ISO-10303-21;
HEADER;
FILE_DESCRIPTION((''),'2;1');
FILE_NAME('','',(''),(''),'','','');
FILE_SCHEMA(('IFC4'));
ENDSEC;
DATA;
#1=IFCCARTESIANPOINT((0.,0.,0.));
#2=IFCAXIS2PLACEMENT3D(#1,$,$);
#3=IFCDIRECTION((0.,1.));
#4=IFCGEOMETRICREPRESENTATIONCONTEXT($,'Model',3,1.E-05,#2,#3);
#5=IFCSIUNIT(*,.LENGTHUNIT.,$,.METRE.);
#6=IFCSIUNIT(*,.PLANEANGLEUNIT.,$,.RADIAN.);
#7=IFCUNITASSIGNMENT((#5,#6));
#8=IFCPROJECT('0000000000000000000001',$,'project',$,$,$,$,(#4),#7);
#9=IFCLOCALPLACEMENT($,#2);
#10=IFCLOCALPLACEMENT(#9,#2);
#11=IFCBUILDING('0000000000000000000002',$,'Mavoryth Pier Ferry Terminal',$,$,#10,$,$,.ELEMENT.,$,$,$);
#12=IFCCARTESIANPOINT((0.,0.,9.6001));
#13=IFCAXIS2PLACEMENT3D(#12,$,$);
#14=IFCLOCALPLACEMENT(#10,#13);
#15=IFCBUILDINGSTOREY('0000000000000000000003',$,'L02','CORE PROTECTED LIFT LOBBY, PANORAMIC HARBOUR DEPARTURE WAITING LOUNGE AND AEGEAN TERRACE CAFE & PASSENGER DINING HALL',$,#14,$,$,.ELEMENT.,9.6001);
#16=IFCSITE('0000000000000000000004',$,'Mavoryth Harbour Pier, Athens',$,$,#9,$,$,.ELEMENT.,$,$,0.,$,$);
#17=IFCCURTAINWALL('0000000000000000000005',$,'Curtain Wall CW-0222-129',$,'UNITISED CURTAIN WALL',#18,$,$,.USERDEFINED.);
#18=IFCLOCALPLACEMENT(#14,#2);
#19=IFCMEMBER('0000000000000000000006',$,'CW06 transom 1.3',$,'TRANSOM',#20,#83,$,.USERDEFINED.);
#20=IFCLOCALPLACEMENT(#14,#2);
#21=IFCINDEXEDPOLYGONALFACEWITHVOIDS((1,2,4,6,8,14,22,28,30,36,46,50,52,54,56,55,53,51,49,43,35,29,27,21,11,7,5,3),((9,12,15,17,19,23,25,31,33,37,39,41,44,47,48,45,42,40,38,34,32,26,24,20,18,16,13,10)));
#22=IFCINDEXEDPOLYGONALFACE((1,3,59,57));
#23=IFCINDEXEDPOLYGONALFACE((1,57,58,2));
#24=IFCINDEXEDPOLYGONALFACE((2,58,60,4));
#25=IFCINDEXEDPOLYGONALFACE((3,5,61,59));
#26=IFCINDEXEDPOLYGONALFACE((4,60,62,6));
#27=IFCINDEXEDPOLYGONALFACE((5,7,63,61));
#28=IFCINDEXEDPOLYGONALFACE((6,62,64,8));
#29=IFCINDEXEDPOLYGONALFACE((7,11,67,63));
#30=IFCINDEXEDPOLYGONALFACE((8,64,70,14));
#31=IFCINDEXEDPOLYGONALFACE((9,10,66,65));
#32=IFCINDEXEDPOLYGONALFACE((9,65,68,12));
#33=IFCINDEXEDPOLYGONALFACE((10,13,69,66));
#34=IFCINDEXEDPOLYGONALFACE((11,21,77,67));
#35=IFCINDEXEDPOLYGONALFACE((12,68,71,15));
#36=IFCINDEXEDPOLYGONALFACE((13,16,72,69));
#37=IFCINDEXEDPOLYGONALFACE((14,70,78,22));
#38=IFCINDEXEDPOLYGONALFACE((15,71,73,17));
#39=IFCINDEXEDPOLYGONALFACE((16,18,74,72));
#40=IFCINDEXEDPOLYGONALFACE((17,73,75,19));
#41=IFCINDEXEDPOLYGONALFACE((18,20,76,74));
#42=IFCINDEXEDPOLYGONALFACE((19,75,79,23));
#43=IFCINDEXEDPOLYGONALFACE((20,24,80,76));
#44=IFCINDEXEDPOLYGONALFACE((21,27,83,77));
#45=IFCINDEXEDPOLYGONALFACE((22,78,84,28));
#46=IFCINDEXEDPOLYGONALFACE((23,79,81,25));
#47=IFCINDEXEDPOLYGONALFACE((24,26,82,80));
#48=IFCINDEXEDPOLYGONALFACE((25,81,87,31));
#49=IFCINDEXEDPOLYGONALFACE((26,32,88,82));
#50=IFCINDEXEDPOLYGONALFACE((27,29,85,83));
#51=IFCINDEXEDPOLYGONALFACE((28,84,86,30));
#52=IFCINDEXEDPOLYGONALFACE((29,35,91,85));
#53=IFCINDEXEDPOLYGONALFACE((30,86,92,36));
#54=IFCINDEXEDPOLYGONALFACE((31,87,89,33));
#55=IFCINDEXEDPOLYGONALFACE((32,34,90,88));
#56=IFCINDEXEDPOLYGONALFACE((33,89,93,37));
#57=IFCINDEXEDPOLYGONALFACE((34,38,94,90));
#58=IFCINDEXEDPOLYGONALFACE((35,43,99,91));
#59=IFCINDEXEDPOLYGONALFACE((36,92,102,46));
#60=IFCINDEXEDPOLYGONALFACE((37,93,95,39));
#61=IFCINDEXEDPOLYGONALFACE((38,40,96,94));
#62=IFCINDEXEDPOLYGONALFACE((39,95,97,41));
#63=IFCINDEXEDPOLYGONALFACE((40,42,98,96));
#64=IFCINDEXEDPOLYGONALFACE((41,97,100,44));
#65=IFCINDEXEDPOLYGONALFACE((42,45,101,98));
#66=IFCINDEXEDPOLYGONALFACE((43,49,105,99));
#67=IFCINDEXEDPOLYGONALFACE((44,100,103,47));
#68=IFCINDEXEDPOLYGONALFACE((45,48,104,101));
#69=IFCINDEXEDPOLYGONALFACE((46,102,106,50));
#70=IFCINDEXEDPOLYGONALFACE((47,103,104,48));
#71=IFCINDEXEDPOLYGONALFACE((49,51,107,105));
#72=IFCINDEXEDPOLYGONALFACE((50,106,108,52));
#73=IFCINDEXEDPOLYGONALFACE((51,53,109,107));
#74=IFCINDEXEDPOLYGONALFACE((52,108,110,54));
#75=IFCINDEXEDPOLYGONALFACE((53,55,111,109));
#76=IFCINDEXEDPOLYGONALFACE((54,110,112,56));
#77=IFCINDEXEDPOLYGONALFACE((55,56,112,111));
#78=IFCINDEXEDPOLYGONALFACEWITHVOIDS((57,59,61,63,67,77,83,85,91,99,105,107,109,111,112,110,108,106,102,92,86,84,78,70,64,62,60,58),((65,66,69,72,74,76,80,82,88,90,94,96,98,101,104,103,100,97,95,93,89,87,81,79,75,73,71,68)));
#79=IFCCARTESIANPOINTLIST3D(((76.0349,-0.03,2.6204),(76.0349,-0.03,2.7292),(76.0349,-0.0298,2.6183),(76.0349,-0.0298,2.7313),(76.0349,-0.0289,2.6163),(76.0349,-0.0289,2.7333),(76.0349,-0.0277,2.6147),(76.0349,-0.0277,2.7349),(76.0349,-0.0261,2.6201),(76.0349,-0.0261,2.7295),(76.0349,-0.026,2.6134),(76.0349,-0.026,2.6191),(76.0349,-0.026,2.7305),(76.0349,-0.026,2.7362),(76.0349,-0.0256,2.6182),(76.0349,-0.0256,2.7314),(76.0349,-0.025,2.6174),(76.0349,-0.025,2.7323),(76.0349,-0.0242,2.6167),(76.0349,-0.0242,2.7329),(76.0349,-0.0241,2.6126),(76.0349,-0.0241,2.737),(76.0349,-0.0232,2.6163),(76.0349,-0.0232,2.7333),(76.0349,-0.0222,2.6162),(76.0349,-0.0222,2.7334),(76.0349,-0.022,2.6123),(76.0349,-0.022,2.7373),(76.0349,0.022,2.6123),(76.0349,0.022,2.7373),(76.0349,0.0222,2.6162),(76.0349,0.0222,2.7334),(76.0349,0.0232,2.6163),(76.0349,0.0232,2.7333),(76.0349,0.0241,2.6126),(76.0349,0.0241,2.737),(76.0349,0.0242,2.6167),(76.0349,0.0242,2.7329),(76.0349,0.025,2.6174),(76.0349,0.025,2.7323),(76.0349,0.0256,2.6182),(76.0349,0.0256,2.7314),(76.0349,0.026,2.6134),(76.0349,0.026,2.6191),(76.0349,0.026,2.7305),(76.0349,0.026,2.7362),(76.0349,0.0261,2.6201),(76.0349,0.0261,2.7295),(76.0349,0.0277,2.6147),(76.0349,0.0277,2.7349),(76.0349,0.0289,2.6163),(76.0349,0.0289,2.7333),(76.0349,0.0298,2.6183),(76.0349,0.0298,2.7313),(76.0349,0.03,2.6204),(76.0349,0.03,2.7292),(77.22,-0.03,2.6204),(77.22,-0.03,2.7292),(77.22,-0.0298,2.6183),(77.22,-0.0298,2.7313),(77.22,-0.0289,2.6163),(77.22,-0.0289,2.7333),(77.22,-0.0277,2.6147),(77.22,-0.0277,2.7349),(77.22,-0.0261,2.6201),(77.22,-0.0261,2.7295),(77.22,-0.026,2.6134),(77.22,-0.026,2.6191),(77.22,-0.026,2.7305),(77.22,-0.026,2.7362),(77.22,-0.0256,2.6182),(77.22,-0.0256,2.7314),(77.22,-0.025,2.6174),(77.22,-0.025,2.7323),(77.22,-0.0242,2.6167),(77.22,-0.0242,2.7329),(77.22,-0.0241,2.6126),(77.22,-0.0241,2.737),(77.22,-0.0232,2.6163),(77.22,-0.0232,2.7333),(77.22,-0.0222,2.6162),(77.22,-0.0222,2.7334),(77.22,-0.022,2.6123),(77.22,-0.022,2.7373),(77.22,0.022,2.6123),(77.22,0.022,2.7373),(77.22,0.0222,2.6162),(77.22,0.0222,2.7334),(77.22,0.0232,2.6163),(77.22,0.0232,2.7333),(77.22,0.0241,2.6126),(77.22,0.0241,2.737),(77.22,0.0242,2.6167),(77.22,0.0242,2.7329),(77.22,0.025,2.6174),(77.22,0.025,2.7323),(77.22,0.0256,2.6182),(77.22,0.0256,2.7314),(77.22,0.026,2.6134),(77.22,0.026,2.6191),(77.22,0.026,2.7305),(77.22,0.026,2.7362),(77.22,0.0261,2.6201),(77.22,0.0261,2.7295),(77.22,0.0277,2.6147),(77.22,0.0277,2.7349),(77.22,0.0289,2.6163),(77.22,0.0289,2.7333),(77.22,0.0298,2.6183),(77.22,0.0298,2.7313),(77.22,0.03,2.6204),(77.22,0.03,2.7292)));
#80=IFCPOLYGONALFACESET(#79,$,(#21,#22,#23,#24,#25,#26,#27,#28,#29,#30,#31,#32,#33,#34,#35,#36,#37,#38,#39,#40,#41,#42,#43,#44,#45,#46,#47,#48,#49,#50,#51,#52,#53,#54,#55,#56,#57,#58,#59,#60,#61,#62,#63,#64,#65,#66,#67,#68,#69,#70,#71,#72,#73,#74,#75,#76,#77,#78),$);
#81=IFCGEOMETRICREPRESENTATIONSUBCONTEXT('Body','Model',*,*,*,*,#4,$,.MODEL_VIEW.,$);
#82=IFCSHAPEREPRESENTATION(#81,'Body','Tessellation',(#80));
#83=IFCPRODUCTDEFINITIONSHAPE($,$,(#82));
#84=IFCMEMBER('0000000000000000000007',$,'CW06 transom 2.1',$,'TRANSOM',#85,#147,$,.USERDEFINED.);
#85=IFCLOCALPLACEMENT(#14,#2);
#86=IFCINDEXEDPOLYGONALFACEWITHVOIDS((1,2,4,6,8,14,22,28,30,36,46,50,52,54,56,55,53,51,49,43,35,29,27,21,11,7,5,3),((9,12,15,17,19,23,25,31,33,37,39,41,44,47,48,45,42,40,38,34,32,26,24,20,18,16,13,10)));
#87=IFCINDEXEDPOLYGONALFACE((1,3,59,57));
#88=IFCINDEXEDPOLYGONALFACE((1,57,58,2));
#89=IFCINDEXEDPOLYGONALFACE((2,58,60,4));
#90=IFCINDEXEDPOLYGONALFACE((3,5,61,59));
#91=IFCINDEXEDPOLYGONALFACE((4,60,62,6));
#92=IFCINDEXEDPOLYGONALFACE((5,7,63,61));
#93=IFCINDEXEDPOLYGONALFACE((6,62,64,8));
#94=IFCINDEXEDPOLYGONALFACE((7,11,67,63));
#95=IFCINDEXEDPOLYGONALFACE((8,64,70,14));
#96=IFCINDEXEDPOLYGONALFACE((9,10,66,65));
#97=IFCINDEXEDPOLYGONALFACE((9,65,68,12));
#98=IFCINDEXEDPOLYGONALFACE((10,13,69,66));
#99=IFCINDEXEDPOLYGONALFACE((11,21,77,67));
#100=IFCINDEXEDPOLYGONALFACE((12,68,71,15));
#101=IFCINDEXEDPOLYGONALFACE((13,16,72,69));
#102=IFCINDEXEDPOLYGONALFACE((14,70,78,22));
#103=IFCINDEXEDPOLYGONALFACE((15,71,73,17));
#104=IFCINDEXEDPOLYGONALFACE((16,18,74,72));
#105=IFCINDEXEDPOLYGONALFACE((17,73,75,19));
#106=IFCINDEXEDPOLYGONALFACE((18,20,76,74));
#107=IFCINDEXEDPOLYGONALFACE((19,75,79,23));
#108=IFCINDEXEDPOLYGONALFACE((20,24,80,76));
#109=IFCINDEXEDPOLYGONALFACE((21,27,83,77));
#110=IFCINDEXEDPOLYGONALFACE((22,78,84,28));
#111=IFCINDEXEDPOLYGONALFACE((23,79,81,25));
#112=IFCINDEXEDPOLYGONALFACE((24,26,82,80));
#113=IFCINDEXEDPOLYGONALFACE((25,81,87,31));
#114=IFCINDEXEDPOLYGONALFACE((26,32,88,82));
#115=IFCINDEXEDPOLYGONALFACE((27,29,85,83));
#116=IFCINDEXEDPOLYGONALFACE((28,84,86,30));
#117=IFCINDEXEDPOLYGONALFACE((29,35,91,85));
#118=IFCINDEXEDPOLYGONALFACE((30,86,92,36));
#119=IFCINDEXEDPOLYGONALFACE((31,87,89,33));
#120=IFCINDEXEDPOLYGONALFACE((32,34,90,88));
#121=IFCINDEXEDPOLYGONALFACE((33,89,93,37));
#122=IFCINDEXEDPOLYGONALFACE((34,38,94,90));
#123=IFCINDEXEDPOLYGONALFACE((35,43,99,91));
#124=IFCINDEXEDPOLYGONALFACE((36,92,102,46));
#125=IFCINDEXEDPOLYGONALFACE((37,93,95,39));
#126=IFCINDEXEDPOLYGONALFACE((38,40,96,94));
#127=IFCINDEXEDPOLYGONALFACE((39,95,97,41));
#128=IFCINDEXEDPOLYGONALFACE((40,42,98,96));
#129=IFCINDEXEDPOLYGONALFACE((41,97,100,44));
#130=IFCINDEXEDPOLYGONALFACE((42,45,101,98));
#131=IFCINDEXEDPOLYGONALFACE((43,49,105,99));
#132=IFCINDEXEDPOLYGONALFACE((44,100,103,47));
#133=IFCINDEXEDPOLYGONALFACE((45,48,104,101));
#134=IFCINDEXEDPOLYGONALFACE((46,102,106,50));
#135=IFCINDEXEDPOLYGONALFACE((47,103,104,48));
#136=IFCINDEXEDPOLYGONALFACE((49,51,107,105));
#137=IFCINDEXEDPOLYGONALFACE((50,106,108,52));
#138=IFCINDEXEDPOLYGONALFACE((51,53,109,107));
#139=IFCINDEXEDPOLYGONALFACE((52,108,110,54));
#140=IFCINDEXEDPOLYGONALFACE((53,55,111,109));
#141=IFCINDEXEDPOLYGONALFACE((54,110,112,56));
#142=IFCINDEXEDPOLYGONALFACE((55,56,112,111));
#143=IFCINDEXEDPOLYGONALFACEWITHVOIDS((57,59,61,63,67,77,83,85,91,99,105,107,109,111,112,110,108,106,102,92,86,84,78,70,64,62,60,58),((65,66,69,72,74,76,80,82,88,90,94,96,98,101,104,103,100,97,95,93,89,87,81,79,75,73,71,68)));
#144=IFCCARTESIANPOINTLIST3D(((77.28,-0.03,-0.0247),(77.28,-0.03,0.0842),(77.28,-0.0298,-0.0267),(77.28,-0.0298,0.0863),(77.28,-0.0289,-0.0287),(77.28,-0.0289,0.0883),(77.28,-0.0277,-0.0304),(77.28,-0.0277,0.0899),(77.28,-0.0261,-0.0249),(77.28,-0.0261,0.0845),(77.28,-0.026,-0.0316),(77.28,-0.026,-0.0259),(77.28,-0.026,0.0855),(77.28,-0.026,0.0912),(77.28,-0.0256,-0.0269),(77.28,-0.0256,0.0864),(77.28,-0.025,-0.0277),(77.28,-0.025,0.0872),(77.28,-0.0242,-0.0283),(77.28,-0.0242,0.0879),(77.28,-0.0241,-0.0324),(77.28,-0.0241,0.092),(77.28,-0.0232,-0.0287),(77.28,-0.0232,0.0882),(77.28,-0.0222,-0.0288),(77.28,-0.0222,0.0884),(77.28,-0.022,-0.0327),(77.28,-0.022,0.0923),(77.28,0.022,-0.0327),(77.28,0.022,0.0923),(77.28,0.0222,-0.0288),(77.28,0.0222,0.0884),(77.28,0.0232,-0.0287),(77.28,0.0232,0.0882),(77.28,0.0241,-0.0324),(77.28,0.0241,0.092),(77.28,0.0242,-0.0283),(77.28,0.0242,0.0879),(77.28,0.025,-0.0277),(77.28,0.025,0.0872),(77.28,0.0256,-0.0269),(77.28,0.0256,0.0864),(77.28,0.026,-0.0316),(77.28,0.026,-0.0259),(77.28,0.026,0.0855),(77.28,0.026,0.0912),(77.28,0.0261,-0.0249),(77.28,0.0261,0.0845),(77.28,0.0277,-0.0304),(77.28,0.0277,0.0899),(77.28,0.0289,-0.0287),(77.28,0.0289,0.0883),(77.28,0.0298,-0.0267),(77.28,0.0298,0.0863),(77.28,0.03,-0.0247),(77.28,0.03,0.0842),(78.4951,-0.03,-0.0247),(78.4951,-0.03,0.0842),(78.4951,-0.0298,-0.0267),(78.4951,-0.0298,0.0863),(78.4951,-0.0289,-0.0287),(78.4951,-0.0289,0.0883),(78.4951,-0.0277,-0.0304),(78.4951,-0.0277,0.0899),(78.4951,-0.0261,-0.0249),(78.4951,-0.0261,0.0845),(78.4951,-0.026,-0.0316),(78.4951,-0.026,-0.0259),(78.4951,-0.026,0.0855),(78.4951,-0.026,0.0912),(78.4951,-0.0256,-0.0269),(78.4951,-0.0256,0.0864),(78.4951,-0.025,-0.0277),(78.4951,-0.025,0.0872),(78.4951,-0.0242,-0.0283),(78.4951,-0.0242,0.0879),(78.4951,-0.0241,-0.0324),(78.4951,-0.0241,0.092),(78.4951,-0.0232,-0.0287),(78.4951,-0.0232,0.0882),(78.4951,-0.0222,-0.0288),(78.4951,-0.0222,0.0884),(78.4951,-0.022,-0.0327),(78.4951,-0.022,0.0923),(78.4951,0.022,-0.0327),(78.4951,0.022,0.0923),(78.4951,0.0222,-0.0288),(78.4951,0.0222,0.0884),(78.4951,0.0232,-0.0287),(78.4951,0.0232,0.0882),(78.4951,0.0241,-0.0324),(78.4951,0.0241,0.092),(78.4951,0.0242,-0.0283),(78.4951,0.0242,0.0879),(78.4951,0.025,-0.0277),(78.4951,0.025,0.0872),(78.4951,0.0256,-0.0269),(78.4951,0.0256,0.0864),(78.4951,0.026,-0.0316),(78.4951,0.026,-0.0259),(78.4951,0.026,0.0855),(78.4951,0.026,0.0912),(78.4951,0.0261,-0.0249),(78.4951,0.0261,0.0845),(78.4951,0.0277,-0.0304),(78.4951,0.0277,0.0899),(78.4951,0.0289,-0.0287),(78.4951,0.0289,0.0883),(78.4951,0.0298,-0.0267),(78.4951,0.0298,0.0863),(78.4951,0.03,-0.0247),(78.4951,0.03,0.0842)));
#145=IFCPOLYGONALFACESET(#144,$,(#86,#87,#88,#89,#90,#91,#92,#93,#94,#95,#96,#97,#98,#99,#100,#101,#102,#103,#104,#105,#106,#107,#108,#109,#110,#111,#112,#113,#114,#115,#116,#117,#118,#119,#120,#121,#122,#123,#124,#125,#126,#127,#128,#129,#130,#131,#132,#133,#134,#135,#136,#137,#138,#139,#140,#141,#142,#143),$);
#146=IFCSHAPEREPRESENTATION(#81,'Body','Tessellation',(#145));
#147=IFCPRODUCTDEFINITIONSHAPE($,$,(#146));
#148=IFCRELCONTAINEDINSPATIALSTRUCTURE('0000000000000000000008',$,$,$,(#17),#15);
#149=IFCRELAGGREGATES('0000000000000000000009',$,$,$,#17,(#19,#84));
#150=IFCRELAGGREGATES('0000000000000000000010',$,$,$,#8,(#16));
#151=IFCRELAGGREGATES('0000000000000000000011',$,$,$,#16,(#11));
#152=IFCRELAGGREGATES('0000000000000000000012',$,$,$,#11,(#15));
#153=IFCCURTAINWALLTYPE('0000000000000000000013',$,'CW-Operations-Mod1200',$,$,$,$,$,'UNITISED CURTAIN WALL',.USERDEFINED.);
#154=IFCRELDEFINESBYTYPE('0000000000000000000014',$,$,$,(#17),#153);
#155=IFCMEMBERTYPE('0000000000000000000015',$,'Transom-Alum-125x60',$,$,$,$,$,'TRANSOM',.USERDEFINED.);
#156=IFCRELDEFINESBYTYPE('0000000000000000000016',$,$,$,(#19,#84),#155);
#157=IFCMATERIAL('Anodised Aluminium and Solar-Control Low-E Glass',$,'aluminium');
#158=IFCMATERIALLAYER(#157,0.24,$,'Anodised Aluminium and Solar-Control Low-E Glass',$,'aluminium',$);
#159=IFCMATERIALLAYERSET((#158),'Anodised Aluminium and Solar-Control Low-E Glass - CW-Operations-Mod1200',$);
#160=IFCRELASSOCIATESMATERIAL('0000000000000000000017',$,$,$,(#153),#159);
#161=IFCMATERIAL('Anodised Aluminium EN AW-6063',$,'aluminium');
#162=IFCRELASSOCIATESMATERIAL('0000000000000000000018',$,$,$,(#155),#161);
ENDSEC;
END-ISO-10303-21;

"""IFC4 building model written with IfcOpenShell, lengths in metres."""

from ifc_helpers import new_model, si_unit, direction, frame, origin, origin_2d, place, context, subcontext, project, spatial, hollow_rectangle, extrude, material, layer, layer_set, material_profile, profile_set, type_object, element, aggregate, save


model = new_model("IFC4")

# Units and contexts
model_context = context("Model", 3, precision=1e-05, world=origin(), true_north=direction((0.0, 1.0)))
body_context = subcontext(model_context, "Body", "Model", "MODEL_VIEW")
ifc_project = project(units=[si_unit("LENGTHUNIT", "METRE"), si_unit("PLANEANGLEUNIT", "RADIAN")], contexts=[model_context])

# Site, building, storey
site_placement = place(None, origin())
site = spatial("IfcSite", under=ifc_project, at=site_placement, Name="Mavoryth Harbour Pier, Athens", CompositionType="ELEMENT", RefElevation=0.0)
building_placement = place(site_placement, origin())
building = spatial("IfcBuilding", under=site, at=building_placement, Name="Mavoryth Pier Ferry Terminal", CompositionType="ELEMENT")
storey_placement = place(building_placement, frame((0.0, 0.0, 9.6001)))
storey = spatial("IfcBuildingStorey", under=building, at=storey_placement, Name="L02", Description="CORE PROTECTED LIFT LOBBY, PANORAMIC HARBOUR DEPARTURE WAITING LOUNGE AND AEGEAN TERRACE CAFE & PASSENGER DINING HALL", CompositionType="ELEMENT", Elevation=9.6001)

# Curtain wall
ifc_material_1 = material(Name="Anodised Aluminium and Solar-Control Low-E Glass", Category="aluminium")
ifc_layer_1 = layer(ifc_material_1, 0.24, Name="Anodised Aluminium and Solar-Control Low-E Glass", Category="aluminium")
ifc_layer_set_1 = layer_set([ifc_layer_1], Name="Anodised Aluminium and Solar-Control Low-E Glass - CW-Operations-Mod1200")
curtain_wall_type = type_object("IfcCurtainWallType", Name="CW-Operations-Mod1200", ElementType="UNITISED CURTAIN WALL", PredefinedType="USERDEFINED", material=ifc_layer_set_1)
ifc_material_2 = material(Name="Anodised Aluminium EN AW-6063", Category="aluminium")
curtain_wall_1_placement = place(storey_placement, origin())
curtain_wall_1 = element("IfcCurtainWall", 1, at=curtain_wall_1_placement, inside=storey, type_object=curtain_wall_type, Name="Curtain Wall CW-0222-129", ObjectType="UNITISED CURTAIN WALL", PredefinedType="USERDEFINED")

# Members
ifc_material_profile_1 = material_profile(ifc_material_2, hollow_rectangle(XDim=0.0601, YDim=0.125, WallThickness=0.0039, InnerFilletRadius=0.0039, OuterFilletRadius=0.0081, at=origin_2d()), Name="AL-TRAN 125x60x4", Category="aluminium")
ifc_profile_set_1 = profile_set([ifc_material_profile_1], Name="Anodised Aluminium EN AW-6063 - AL-TRAN 125x60x4")
member_type_1 = type_object("IfcMemberType", Name="Transom-Alum-125x60", ElementType="TRANSOM", PredefinedType="USERDEFINED", material=ifc_profile_set_1)
member_1_placement = place(storey_placement, frame((76.0349, 0.0, 2.6748), z_axis=(1.0, 0.0, 0.0), x_axis=(0.0, 1.0, 0.0)))
member_1 = element("IfcMember", 2, at=member_1_placement, type_object=member_type_1, Name="CW06 transom 1.3", ObjectType="TRANSOM", PredefinedType="USERDEFINED", context=body_context, shape_type="SweptSolid", body=[
    extrude(hollow_rectangle(XDim=0.0601, YDim=0.125, WallThickness=0.0039, InnerFilletRadius=0.0039, OuterFilletRadius=0.0081, at=origin_2d()), origin(), (0.0, 0.0, 1.0), 1.1851),
])
member_2_placement = place(storey_placement, frame((77.28, 0.0, 0.0298), z_axis=(1.0, 0.0, 0.0), x_axis=(0.0, 1.0, 0.0)))
member_2 = element("IfcMember", 3, at=member_2_placement, type_object=member_type_1, Name="CW06 transom 2.1", ObjectType="TRANSOM", PredefinedType="USERDEFINED", context=body_context, shape_type="SweptSolid", body=[
    extrude(hollow_rectangle(XDim=0.0601, YDim=0.125, WallThickness=0.0039, InnerFilletRadius=0.0039, OuterFilletRadius=0.0081, at=origin_2d()), origin(), (0.0, 0.0, 1.0), 1.2151),
])

aggregate(curtain_wall_1, [member_1, member_2])

save(model, "model.ifc")
